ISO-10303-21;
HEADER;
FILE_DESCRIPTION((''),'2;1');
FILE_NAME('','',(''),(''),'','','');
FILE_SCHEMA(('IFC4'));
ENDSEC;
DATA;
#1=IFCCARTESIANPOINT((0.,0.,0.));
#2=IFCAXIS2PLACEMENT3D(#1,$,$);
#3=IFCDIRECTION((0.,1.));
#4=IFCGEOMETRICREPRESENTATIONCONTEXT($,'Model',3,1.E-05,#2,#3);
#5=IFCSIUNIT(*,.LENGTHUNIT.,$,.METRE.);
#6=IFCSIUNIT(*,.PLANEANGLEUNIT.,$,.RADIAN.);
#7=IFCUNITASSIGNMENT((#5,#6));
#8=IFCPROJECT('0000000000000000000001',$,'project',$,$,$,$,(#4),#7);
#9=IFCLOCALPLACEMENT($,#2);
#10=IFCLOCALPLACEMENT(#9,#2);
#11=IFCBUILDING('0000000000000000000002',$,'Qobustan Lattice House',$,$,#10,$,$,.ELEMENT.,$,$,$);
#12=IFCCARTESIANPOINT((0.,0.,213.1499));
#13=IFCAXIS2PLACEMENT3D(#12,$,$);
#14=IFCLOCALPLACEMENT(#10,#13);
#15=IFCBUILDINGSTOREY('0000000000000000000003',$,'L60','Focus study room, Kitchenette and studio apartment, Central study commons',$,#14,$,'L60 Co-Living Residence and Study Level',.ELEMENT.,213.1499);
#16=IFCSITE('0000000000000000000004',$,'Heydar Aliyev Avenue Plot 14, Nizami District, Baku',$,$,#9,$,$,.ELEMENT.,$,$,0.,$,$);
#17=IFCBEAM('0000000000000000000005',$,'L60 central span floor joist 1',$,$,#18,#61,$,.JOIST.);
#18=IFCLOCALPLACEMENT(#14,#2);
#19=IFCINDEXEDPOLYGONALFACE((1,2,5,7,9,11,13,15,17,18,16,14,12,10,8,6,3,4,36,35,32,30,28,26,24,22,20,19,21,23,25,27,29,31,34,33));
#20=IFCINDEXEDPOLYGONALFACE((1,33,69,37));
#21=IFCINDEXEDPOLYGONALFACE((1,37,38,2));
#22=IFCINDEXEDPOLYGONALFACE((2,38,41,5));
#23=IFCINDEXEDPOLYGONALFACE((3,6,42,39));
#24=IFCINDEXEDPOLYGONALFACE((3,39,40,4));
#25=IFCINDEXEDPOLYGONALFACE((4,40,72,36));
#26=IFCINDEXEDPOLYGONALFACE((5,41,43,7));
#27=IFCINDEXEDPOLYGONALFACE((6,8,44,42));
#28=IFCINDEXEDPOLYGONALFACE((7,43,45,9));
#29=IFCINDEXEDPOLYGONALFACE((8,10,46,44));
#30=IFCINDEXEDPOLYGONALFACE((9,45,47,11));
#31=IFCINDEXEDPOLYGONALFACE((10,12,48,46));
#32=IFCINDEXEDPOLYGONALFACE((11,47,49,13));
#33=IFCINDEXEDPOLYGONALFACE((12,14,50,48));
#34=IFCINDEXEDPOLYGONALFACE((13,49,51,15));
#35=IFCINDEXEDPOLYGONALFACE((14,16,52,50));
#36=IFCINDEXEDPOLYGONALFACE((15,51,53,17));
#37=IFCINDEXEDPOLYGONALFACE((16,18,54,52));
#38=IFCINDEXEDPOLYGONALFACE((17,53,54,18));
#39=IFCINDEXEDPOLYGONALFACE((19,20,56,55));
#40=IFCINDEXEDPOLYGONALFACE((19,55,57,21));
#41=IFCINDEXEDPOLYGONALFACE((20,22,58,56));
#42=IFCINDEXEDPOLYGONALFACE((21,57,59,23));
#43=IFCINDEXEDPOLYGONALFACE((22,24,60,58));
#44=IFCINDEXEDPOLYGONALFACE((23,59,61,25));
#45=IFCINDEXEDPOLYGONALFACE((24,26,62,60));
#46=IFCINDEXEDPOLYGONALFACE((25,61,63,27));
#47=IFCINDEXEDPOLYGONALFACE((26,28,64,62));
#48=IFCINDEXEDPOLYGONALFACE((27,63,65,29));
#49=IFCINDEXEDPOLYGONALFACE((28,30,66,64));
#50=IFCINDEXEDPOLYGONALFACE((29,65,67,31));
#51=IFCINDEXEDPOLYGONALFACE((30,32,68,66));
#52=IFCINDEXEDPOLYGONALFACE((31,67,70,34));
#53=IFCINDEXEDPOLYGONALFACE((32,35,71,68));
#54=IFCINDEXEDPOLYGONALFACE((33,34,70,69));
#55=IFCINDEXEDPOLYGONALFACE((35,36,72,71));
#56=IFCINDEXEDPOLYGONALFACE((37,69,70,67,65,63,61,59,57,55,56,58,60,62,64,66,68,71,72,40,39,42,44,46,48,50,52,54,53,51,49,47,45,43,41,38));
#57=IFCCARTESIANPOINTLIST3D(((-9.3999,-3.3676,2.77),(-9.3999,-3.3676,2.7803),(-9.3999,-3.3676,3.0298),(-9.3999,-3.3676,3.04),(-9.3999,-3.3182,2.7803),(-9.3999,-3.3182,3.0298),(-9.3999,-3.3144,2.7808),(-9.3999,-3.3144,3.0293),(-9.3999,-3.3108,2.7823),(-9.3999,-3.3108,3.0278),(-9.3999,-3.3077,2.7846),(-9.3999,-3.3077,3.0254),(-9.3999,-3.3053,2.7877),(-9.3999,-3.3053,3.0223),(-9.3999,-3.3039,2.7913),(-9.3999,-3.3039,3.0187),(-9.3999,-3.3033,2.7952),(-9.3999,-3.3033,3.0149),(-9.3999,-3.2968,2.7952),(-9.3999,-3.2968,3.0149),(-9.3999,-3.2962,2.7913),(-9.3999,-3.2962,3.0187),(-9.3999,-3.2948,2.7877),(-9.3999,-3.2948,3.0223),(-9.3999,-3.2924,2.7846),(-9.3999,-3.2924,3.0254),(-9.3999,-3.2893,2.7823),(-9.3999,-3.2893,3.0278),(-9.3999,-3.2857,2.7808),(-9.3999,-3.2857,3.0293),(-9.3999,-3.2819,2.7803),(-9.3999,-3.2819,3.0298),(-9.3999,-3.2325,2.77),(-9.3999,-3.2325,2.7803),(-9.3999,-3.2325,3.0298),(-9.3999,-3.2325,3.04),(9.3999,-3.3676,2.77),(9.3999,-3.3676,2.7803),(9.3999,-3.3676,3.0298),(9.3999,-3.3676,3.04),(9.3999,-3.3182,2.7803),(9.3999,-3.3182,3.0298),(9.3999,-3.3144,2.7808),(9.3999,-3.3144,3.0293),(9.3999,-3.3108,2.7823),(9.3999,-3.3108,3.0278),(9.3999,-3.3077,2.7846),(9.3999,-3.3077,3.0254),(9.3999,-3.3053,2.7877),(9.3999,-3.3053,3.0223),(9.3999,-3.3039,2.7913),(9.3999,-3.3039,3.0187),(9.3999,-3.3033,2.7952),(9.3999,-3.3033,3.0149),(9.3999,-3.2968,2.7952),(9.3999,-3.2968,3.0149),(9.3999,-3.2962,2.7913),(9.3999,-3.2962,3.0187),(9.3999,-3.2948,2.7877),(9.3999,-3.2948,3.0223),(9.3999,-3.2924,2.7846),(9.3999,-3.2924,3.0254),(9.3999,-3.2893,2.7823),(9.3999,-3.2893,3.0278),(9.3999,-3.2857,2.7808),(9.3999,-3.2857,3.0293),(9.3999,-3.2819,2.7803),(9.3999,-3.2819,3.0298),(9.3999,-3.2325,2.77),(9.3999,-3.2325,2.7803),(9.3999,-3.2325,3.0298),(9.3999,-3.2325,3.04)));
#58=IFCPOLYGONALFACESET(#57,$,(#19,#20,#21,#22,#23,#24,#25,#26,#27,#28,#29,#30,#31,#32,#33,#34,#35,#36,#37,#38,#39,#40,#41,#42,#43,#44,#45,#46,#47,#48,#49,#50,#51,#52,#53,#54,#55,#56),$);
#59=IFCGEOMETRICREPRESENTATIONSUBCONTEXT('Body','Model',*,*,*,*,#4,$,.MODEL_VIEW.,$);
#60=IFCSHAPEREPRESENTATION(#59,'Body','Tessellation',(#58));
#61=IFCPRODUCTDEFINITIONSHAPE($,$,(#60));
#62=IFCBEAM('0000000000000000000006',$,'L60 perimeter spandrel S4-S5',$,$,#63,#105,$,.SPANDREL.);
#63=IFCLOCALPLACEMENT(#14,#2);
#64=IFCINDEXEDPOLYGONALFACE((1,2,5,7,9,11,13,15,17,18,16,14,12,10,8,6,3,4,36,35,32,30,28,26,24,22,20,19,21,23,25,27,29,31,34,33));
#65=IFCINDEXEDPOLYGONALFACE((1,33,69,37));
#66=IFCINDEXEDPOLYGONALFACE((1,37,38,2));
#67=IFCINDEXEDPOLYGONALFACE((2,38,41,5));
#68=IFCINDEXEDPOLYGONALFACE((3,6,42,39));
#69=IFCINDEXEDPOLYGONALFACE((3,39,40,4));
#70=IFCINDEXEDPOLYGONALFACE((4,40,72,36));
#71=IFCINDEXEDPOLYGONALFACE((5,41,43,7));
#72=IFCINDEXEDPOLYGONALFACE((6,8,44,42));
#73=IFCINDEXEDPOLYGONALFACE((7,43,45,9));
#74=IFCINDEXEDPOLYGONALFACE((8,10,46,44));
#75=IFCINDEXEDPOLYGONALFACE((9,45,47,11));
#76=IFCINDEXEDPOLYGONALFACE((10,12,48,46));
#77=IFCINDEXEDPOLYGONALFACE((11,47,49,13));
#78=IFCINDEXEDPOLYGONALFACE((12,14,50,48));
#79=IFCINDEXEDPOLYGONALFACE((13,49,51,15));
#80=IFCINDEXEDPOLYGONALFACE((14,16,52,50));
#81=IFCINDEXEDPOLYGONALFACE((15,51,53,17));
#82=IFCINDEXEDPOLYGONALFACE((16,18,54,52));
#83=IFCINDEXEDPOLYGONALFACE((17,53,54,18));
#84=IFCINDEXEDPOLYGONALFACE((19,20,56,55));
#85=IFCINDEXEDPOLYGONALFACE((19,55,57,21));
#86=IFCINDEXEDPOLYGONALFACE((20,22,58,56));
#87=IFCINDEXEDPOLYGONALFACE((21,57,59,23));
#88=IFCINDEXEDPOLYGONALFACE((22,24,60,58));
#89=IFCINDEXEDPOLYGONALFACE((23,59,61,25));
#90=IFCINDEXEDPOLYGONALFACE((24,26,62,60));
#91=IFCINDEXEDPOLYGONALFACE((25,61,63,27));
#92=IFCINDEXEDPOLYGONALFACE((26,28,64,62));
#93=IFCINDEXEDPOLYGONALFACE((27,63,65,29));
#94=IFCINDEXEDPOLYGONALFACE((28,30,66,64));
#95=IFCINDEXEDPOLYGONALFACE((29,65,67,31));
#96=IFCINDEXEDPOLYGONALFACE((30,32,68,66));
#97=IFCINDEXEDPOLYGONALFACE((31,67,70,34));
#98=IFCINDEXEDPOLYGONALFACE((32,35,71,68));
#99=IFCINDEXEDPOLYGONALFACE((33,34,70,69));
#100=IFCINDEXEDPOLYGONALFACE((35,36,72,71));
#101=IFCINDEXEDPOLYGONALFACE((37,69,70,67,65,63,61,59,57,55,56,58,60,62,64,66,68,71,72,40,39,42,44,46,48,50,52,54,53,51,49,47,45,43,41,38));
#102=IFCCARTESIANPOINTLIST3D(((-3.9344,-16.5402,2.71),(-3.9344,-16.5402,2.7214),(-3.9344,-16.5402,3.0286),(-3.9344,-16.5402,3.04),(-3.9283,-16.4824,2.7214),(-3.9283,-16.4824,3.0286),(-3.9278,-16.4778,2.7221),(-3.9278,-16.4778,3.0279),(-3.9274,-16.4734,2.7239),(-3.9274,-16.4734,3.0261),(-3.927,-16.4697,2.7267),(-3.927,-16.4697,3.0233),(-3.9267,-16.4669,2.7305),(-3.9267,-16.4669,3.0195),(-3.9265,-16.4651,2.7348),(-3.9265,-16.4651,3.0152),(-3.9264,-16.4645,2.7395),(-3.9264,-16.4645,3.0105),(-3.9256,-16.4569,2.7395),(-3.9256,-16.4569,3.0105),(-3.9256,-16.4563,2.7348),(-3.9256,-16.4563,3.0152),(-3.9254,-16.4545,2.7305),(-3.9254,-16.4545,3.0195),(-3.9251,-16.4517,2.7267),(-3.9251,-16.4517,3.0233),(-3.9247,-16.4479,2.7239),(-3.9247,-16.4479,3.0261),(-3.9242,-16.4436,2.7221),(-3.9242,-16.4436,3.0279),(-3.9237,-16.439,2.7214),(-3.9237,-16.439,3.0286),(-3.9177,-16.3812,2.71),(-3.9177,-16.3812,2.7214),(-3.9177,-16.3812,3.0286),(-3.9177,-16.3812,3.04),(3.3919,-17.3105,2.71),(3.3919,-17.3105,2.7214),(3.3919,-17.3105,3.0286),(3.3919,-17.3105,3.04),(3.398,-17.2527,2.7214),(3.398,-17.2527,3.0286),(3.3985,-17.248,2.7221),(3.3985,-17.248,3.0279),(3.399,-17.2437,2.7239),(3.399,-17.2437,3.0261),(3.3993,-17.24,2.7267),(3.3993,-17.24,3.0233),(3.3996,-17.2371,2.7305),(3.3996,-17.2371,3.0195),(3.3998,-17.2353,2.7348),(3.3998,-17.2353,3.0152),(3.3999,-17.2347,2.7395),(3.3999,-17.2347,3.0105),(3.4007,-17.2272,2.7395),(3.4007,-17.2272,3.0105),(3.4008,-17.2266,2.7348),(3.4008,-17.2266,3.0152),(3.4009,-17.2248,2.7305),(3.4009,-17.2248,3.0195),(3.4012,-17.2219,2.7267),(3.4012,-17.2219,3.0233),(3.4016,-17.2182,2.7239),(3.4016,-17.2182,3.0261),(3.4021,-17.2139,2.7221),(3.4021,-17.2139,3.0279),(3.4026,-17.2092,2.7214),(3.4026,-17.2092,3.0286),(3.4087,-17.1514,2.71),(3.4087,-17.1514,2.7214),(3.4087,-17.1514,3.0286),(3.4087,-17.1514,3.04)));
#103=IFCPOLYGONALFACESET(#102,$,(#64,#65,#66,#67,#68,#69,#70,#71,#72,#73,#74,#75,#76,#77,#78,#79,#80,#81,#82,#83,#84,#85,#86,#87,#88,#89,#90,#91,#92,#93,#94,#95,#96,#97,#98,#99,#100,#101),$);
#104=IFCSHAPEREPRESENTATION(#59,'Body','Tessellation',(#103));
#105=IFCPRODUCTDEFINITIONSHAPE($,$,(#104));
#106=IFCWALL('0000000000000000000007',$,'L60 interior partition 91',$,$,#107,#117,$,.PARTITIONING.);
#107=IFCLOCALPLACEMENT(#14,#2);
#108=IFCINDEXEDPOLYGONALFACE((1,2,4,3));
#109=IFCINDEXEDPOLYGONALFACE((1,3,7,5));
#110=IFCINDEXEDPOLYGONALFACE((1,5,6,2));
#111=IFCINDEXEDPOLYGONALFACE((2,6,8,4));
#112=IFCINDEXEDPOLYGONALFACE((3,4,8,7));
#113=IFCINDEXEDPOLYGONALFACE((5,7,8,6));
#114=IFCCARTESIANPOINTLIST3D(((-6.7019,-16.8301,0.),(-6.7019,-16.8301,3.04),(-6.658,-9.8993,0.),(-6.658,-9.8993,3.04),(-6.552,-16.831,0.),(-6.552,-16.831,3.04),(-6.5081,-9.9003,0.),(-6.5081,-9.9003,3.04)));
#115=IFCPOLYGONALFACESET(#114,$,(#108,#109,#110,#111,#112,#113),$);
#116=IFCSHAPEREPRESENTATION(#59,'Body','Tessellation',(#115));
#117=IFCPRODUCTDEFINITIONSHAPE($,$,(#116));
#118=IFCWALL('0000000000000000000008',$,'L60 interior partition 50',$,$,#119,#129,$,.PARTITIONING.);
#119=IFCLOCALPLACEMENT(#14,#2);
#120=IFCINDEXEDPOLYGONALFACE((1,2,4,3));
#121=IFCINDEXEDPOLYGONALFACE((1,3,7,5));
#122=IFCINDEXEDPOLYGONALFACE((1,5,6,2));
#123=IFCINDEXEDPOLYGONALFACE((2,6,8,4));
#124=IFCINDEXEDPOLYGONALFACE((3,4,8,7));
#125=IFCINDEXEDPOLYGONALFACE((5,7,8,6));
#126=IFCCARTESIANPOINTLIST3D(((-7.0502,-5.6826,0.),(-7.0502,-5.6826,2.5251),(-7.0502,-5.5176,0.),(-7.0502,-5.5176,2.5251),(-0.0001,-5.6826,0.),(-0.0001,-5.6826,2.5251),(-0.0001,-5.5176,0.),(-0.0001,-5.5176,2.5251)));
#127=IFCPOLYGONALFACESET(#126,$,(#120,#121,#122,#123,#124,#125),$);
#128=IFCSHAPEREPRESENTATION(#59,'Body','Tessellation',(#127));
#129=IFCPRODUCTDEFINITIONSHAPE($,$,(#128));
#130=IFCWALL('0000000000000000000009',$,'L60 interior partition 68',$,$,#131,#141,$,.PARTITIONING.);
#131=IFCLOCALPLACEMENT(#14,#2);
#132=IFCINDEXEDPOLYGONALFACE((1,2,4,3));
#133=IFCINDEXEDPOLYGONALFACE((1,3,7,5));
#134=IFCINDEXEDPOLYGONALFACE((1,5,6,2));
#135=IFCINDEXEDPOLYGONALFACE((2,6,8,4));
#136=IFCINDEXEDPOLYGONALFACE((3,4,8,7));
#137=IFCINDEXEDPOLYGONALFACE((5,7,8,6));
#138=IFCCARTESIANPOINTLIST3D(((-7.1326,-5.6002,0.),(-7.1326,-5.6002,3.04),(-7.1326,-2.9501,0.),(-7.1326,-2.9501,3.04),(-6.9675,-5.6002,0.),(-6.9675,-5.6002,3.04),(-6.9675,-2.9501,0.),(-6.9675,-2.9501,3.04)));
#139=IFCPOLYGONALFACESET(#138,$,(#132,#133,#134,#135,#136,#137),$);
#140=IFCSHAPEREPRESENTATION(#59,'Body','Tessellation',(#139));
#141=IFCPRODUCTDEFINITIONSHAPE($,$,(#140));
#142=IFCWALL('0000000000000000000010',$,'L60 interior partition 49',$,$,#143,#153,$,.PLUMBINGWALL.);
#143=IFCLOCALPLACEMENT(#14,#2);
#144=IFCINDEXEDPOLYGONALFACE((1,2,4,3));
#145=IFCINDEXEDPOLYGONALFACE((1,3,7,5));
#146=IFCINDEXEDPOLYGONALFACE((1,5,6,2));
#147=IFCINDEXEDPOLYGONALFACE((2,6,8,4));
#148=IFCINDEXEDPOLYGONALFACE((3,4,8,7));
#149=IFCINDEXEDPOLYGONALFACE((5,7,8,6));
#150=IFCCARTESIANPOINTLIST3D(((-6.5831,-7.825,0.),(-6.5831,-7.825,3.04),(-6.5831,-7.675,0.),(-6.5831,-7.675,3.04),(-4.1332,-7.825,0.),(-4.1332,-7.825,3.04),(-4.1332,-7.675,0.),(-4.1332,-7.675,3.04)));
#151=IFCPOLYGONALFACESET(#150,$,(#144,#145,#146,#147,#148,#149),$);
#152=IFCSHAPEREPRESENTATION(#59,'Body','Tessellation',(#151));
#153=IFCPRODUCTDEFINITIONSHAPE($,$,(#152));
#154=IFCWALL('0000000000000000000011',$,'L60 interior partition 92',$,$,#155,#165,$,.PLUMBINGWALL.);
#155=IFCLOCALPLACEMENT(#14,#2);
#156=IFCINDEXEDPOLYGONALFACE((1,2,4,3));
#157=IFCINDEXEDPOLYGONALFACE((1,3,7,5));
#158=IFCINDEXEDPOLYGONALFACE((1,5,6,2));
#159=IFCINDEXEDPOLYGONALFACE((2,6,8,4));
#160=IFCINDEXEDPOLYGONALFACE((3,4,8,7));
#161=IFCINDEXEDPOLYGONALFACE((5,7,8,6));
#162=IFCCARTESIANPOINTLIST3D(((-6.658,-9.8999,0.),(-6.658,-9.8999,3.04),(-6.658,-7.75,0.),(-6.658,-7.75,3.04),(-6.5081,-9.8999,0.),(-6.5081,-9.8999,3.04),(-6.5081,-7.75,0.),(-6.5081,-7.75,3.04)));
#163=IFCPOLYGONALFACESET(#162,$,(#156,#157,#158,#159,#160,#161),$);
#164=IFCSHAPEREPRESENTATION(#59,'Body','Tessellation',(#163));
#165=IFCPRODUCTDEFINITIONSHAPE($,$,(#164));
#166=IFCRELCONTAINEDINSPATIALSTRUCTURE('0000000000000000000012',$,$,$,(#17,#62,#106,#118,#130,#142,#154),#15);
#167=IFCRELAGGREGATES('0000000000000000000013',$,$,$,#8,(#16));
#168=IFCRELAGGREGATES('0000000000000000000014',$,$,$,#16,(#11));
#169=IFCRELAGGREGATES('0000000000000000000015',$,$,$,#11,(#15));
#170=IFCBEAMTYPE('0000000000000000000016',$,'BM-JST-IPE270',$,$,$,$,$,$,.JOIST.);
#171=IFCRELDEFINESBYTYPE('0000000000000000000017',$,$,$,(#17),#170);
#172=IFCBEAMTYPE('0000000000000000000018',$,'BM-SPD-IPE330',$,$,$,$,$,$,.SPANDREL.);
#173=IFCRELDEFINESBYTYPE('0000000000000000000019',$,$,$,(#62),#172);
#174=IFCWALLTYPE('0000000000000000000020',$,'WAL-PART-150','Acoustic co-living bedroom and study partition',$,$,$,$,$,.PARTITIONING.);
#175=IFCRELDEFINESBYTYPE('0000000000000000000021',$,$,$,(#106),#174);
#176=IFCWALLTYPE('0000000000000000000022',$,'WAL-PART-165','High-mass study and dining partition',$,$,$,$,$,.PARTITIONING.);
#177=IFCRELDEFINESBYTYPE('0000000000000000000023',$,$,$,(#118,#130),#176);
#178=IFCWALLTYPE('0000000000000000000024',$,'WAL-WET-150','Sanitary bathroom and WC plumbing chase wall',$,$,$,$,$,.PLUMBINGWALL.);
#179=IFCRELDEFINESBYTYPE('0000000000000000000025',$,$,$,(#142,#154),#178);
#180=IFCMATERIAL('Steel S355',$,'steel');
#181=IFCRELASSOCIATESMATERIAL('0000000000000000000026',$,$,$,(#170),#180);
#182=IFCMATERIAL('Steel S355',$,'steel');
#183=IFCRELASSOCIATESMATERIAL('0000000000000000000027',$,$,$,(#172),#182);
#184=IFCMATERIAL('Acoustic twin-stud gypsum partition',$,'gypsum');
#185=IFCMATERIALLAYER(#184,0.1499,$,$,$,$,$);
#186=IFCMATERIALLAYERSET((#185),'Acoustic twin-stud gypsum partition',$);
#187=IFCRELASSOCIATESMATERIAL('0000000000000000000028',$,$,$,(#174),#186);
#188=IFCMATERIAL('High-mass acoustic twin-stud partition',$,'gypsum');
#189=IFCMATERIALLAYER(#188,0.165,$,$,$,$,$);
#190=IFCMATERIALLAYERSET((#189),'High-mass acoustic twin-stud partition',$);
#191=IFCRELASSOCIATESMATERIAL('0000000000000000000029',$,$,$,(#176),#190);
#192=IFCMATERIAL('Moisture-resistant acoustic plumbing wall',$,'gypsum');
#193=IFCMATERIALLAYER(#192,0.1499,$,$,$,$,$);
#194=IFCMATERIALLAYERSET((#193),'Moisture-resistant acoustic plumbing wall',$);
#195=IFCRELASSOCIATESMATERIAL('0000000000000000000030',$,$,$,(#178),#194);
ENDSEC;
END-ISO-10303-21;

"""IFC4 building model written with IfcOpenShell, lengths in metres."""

from ifc_helpers import new_model, si_unit, direction, frame, frame_2d, origin, origin_2d, place, context, subcontext, project, spatial, rectangle, i_section, extrude, material, layer, layer_set, material_profile, profile_set, type_object, element, save


model = new_model("IFC4")

# Units and contexts
model_context = context("Model", 3, precision=1e-05, world=origin(), true_north=direction((0.0, 1.0)))
body_context = subcontext(model_context, "Body", "Model", "MODEL_VIEW")
ifc_project = project(units=[si_unit("LENGTHUNIT", "METRE"), si_unit("PLANEANGLEUNIT", "RADIAN")], contexts=[model_context])

# Site, building, storey
site_placement = place(None, origin())
site = spatial("IfcSite", under=ifc_project, at=site_placement, Name="Heydar Aliyev Avenue Plot 14, Nizami District, Baku", CompositionType="ELEMENT", RefElevation=0.0)
building_placement = place(site_placement, origin())
building = spatial("IfcBuilding", under=site, at=building_placement, Name="Qobustan Lattice House", CompositionType="ELEMENT")
storey_placement = place(building_placement, frame((0.0, 0.0, 213.1499)))
storey = spatial("IfcBuildingStorey", under=building, at=storey_placement, Name="L60", Description="Focus study room, Kitchenette and studio apartment, Central study commons", LongName="L60 Co-Living Residence and Study Level", CompositionType="ELEMENT", Elevation=213.1499)

# Beams
ifc_material_1 = material(Name="Steel S355", Category="steel")
ifc_material_profile_1 = material_profile(ifc_material_1, i_section(OverallWidth=0.135, OverallDepth=0.27, WebThickness=0.0066, FlangeThickness=0.0103, FilletRadius=0.0149, at=origin_2d()), Name="IPE270")
ifc_profile_set_1 = profile_set([ifc_material_profile_1], Name="Steel S355")
beam_type_1 = type_object("IfcBeamType", Name="BM-JST-IPE270", PredefinedType="JOIST", material=ifc_profile_set_1)
beam_1_placement = place(storey_placement, frame((-9.3999, -3.3, 2.905), z_axis=(1.0, 0.0, 0.0), x_axis=(0.0, 1.0, 0.0)))
element("IfcBeam", 1, at=beam_1_placement, inside=storey, type_object=beam_type_1, Name="L60 central span floor joist 1", PredefinedType="JOIST", context=body_context, shape_type="SweptSolid", body=[
    extrude(i_section(OverallWidth=0.135, OverallDepth=0.27, WebThickness=0.0066, FlangeThickness=0.0103, FilletRadius=0.0149, at=origin_2d()), origin(), (0.0, 0.0, 1.0), 18.7998),
])
ifc_material_2 = material(Name="Steel S355", Category="steel")
ifc_material_profile_2 = material_profile(ifc_material_2, i_section(OverallWidth=0.1599, OverallDepth=0.3301, WebThickness=0.0076, FlangeThickness=0.0115, FilletRadius=0.0181, at=origin_2d()), Name="IPE330")
ifc_profile_set_2 = profile_set([ifc_material_profile_2], Name="Steel S355")
beam_type_2 = type_object("IfcBeamType", Name="BM-SPD-IPE330", PredefinedType="SPANDREL", material=ifc_profile_set_2)
beam_2_placement = place(storey_placement, frame((-3.926, -16.4607, 2.875), z_axis=(0.994519, -0.104559, 0.0), x_axis=(0.104559, 0.994519, 0.0)))
element("IfcBeam", 2, at=beam_2_placement, inside=storey, type_object=beam_type_2, Name="L60 perimeter spandrel S4-S5", PredefinedType="SPANDREL", context=body_context, shape_type="SweptSolid", body=[
    extrude(i_section(OverallWidth=0.1599, OverallDepth=0.3301, WebThickness=0.0076, FlangeThickness=0.0115, FilletRadius=0.0181, at=origin_2d()), origin(), (0.0, 0.0, 1.0), 7.3667),
])

# Walls
ifc_material_3 = material(Name="Acoustic twin-stud gypsum partition", Category="gypsum")
ifc_layer_1 = layer(ifc_material_3, 0.1499)
ifc_layer_set_1 = layer_set([ifc_layer_1], Name="Acoustic twin-stud gypsum partition")
wall_type_1 = type_object("IfcWallType", Name="WAL-PART-150", Description="Acoustic co-living bedroom and study partition", PredefinedType="PARTITIONING", material=ifc_layer_set_1)
wall_1_placement = place(storey_placement, frame((-6.583, -9.8999, 0.0), z_axis=(0.0, 0.0, 1.0), x_axis=(-0.006341, -0.99998, 0.0)))
element("IfcWall", 3, at=wall_1_placement, inside=storey, type_object=wall_type_1, Name="L60 interior partition 91", PredefinedType="PARTITIONING", context=body_context, shape_type="SweptSolid", body=[
    extrude(rectangle(XDim=6.9309, YDim=0.1499, at=frame_2d((3.4653, 0.0))), origin(), (0.0, 0.0, 1.0), 3.04),
])
ifc_material_4 = material(Name="High-mass acoustic twin-stud partition", Category="gypsum")
ifc_layer_2 = layer(ifc_material_4, 0.165)
ifc_layer_set_2 = layer_set([ifc_layer_2], Name="High-mass acoustic twin-stud partition")
wall_type_2 = type_object("IfcWallType", Name="WAL-PART-165", Description="High-mass study and dining partition", PredefinedType="PARTITIONING", material=ifc_layer_set_2)
wall_2_placement = place(storey_placement, frame((-7.05, -5.6001, 0.0), z_axis=(0.0, 0.0, 1.0), x_axis=(1.0, 0.0, 0.0)))
element("IfcWall", 4, at=wall_2_placement, inside=storey, type_object=wall_type_2, Name="L60 interior partition 50", PredefinedType="PARTITIONING", context=body_context, shape_type="SweptSolid", body=[
    extrude(rectangle(XDim=7.05, YDim=0.165, at=frame_2d((3.5249, 0.0))), origin(), (0.0, 0.0, 1.0), 2.5251),
])
wall_3_placement = place(storey_placement, frame((-7.05, -2.95, 0.0), z_axis=(0.0, 0.0, 1.0), x_axis=(0.0, -1.0, 0.0)))
element("IfcWall", 5, at=wall_3_placement, inside=storey, type_object=wall_type_2, Name="L60 interior partition 68", PredefinedType="PARTITIONING", context=body_context, shape_type="SweptSolid", body=[
    extrude(rectangle(XDim=2.6501, YDim=0.165, at=frame_2d((1.3252, 0.0))), origin(), (0.0, 0.0, 1.0), 3.04),
])
ifc_material_5 = material(Name="Moisture-resistant acoustic plumbing wall", Category="gypsum")
ifc_layer_3 = layer(ifc_material_5, 0.1499)
ifc_layer_set_3 = layer_set([ifc_layer_3], Name="Moisture-resistant acoustic plumbing wall")
wall_type_3 = type_object("IfcWallType", Name="WAL-WET-150", Description="Sanitary bathroom and WC plumbing chase wall", PredefinedType="PLUMBINGWALL", material=ifc_layer_set_3)
wall_4_placement = place(storey_placement, frame((-4.1331, -7.75, 0.0), z_axis=(0.0, 0.0, 1.0), x_axis=(-1.0, 0.0, 0.0)))
element("IfcWall", 6, at=wall_4_placement, inside=storey, type_object=wall_type_3, Name="L60 interior partition 49", PredefinedType="PLUMBINGWALL", context=body_context, shape_type="SweptSolid", body=[
    extrude(rectangle(XDim=2.45, YDim=0.1499, at=frame_2d((1.2251, 0.0))), origin(), (0.0, 0.0, 1.0), 3.04),
])
wall_5_placement = place(storey_placement, frame((-6.583, -7.75, 0.0), z_axis=(0.0, 0.0, 1.0), x_axis=(0.0, -1.0, 0.0)))
element("IfcWall", 7, at=wall_5_placement, inside=storey, type_object=wall_type_3, Name="L60 interior partition 92", PredefinedType="PLUMBINGWALL", context=body_context, shape_type="SweptSolid", body=[
    extrude(rectangle(XDim=2.1499, YDim=0.1499, at=frame_2d((1.075, 0.0))), origin(), (0.0, 0.0, 1.0), 3.04),
])

save(model, "model.ifc")
